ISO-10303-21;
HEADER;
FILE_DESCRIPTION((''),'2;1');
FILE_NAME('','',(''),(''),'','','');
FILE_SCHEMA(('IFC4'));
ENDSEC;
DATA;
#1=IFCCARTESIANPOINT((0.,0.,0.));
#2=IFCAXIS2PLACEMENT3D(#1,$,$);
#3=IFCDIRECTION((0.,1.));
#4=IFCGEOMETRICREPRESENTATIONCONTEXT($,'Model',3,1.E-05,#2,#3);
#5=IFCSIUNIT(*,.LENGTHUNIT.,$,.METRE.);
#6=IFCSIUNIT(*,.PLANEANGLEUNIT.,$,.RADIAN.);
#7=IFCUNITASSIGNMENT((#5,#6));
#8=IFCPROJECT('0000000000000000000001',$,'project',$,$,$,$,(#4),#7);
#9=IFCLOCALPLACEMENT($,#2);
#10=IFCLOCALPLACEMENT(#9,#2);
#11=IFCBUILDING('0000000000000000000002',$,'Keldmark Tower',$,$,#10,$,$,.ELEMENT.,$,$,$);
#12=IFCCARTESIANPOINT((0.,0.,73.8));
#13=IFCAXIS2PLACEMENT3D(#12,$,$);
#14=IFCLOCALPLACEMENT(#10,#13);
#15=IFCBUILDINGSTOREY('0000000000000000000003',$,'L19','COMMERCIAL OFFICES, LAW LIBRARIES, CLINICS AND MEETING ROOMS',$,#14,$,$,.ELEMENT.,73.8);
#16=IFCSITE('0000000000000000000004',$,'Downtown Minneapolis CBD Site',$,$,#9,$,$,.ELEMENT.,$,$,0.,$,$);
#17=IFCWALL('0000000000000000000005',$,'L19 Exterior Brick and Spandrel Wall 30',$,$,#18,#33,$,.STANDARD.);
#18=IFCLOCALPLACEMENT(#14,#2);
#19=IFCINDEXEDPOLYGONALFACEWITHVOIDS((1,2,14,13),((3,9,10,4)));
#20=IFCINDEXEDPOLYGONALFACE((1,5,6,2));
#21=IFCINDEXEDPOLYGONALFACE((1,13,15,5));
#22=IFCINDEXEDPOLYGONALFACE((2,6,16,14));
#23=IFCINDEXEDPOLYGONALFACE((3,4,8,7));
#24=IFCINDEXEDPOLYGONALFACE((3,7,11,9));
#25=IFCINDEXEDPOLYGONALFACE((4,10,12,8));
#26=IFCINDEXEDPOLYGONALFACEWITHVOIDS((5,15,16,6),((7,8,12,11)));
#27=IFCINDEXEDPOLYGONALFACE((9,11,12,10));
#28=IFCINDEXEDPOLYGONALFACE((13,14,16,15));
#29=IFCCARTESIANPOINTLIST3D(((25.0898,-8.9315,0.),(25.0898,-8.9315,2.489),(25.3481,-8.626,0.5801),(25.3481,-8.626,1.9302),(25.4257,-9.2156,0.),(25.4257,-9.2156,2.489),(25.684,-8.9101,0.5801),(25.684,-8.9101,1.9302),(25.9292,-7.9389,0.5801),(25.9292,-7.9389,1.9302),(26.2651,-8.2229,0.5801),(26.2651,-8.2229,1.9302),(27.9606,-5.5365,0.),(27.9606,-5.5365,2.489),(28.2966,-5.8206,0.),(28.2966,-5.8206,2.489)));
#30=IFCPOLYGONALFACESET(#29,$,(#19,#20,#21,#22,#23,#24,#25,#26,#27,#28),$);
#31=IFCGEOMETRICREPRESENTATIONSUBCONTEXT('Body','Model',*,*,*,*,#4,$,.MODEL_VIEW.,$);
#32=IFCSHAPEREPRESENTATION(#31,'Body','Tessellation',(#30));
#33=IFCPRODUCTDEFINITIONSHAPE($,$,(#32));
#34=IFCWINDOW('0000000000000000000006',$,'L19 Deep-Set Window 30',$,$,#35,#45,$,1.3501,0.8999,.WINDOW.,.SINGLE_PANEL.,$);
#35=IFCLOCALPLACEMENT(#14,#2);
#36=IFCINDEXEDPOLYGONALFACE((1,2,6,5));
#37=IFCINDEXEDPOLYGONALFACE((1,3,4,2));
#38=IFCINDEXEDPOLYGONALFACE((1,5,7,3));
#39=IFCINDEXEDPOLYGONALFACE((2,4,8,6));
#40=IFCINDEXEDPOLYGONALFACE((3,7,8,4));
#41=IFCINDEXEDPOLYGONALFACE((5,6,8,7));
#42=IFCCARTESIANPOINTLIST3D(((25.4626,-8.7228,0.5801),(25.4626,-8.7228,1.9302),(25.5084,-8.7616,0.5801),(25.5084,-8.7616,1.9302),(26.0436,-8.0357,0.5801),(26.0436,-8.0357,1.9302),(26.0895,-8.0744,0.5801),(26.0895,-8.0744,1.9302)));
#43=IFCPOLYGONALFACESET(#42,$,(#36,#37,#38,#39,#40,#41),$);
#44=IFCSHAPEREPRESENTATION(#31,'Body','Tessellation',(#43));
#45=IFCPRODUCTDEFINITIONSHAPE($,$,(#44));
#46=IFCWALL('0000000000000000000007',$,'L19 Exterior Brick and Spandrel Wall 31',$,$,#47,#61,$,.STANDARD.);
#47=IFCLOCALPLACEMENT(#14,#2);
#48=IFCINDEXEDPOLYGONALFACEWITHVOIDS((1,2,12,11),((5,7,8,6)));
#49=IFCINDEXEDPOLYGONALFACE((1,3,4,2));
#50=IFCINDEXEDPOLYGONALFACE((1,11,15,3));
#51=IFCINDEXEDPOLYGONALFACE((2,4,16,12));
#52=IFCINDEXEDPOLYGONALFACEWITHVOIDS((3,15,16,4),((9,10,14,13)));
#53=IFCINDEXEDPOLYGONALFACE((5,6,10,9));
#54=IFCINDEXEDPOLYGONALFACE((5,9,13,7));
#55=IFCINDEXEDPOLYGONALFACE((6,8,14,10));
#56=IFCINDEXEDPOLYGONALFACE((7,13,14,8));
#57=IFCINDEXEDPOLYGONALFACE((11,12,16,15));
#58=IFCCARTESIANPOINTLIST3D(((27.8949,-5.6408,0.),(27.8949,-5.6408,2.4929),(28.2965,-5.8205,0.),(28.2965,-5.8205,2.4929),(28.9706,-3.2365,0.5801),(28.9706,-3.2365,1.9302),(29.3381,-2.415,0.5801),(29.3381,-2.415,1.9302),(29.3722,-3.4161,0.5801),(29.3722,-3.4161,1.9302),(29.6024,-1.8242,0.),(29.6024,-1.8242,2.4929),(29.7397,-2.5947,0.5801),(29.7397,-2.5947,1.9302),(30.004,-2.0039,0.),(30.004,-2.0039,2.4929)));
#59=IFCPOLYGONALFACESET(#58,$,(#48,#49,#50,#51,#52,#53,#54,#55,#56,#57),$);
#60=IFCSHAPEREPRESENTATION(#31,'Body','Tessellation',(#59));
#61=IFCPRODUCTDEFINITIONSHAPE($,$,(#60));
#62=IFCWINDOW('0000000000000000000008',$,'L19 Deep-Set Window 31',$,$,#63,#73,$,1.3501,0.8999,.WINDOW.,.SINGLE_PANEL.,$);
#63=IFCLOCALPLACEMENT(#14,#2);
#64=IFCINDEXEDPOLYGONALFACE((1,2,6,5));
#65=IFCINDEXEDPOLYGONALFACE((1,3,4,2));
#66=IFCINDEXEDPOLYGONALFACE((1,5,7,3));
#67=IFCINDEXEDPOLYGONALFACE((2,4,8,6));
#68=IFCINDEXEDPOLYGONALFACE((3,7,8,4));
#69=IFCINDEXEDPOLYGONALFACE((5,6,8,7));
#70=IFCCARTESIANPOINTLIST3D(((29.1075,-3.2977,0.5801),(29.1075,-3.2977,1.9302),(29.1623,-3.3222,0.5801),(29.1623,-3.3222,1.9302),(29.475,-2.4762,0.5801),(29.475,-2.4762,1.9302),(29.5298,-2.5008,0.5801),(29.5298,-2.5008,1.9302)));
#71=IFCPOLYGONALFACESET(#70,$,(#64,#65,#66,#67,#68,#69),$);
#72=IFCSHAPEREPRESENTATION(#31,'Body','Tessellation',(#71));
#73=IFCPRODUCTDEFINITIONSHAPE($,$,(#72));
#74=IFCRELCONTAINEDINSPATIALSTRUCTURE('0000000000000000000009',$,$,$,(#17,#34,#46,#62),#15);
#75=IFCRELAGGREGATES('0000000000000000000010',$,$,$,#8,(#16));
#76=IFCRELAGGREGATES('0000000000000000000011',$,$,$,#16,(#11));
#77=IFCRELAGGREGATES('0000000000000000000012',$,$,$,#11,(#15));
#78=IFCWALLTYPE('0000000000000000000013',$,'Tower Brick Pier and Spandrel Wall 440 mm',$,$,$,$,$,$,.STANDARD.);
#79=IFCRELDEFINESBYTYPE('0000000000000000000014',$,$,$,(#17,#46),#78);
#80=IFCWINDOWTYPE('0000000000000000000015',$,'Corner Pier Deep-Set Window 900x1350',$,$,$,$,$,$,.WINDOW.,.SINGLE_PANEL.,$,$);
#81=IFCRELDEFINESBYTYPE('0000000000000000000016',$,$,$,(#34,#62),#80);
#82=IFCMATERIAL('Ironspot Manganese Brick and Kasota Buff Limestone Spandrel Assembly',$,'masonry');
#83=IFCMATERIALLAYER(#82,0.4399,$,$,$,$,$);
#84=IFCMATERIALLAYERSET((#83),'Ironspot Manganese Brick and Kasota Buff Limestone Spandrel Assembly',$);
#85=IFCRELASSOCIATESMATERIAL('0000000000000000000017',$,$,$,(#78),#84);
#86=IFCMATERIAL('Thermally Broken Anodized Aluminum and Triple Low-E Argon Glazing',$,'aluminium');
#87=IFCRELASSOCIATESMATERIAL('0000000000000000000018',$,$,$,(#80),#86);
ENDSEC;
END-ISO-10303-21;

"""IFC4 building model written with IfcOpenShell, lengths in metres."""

from ifc_helpers import new_model, si_unit, direction, frame, frame_2d, origin, place, context, subcontext, project, spatial, rectangle, extrude, material, layer, layer_set, type_object, element, fill, save


model = new_model("IFC4")

# Units and contexts
model_context = context("Model", 3, precision=1e-05, world=origin(), true_north=direction((0.0, 1.0)))
body_context = subcontext(model_context, "Body", "Model", "MODEL_VIEW")
ifc_project = project(units=[si_unit("LENGTHUNIT", "METRE"), si_unit("PLANEANGLEUNIT", "RADIAN")], contexts=[model_context])

# Site, building, storey
site_placement = place(None, origin())
site = spatial("IfcSite", under=ifc_project, at=site_placement, Name="Downtown Minneapolis CBD Site", CompositionType="ELEMENT", RefElevation=0.0)
building_placement = place(site_placement, origin())
building = spatial("IfcBuilding", under=site, at=building_placement, Name="Keldmark Tower", CompositionType="ELEMENT")
storey_placement = place(building_placement, frame((0.0, 0.0, 73.8)))
storey = spatial("IfcBuildingStorey", under=building, at=storey_placement, Name="L19", Description="COMMERCIAL OFFICES, LAW LIBRARIES, CLINICS AND MEETING ROOMS", CompositionType="ELEMENT", Elevation=73.8)

# Walls, openings, windows
ifc_material_1 = material(Name="Ironspot Manganese Brick and Kasota Buff Limestone Spandrel Assembly", Category="masonry")
ifc_layer_1 = layer(ifc_material_1, 0.4399)
ifc_layer_set_1 = layer_set([ifc_layer_1], Name="Ironspot Manganese Brick and Kasota Buff Limestone Spandrel Assembly")
wall_type_1 = type_object("IfcWallType", Name="Tower Brick Pier and Spandrel Wall 440 mm", PredefinedType="STANDARD", material=ifc_layer_set_1)
wall_1_placement = place(storey_placement, frame((28.1287, -5.6785, 0.0), z_axis=(0.0, 0.0, 1.0), x_axis=(-0.645699, -0.763592, 0.0)))
wall_1 = element("IfcWall", 1, at=wall_1_placement, inside=storey, type_object=wall_type_1, Name="L19 Exterior Brick and Spandrel Wall 30", PredefinedType="STANDARD", context=body_context, shape_type="SweptSolid", body=[
    extrude(rectangle(XDim=4.446, YDim=0.4399, at=frame_2d((2.2231, 0.0))), origin(), (0.0, 0.0, 1.0), 2.489),
])
opening_1_placement = place(wall_1_placement, frame((3.1462, 0.0, 0.5801)))
opening_1 = element("IfcOpeningElement", 2, at=opening_1_placement, cuts=wall_1, PredefinedType="OPENING", context=body_context, shape_type="SweptSolid", body=[
    extrude(rectangle(XDim=0.8999, YDim=1.3501, at=frame_2d((0.45, 0.675))), frame((0.0, 0.23, 0.0), z_axis=(0.0, -1.0, 0.0), x_axis=(1.0, 0.0, 0.0)), (0.0, 0.0, 1.0), 0.46),
])
ifc_material_2 = material(Name="Thermally Broken Anodized Aluminum and Triple Low-E Argon Glazing", Category="aluminium")
window_type = type_object("IfcWindowType", Name="Corner Pier Deep-Set Window 900x1350", PartitioningType="SINGLE_PANEL", PredefinedType="WINDOW", material=ifc_material_2)
window_1_placement = place(opening_1_placement, origin())
window_1 = element("IfcWindow", 3, at=window_1_placement, inside=storey, type_object=window_type, Name="L19 Deep-Set Window 30", OverallHeight=1.3501, OverallWidth=0.8999, PartitioningType="SINGLE_PANEL", PredefinedType="WINDOW", context=body_context, shape_type="SweptSolid", body=[
    extrude(rectangle(XDim=0.8999, YDim=1.3501, at=frame_2d((0.45, 0.675))), frame((0.0, -0.01, 0.0), z_axis=(0.0, -1.0, 0.0), x_axis=(1.0, 0.0, 0.0)), (0.0, 0.0, 1.0), 0.0601),
])
fill(opening_1, window_1)
wall_2_placement = place(storey_placement, frame((29.8032, -1.9141, 0.0), z_axis=(0.0, 0.0, 1.0), x_axis=(-0.40838, -0.912812, 0.0)))
wall_2 = element("IfcWall", 4, at=wall_2_placement, inside=storey, type_object=wall_type_1, Name="L19 Exterior Brick and Spandrel Wall 31", PredefinedType="STANDARD", context=body_context, shape_type="SweptSolid", body=[
    extrude(rectangle(XDim=4.1812, YDim=0.4399, at=frame_2d((2.0906, 0.0))), origin(), (0.0, 0.0, 1.0), 2.4929),
])
opening_2_placement = place(wall_2_placement, frame((0.6472, 0.0, 0.5801)))
opening_2 = element("IfcOpeningElement", 5, at=opening_2_placement, cuts=wall_2, PredefinedType="OPENING", context=body_context, shape_type="SweptSolid", body=[
    extrude(rectangle(XDim=0.8999, YDim=1.3501, at=frame_2d((0.45, 0.675))), frame((0.0, 0.23, 0.0), z_axis=(0.0, -1.0, 0.0), x_axis=(1.0, 0.0, 0.0)), (0.0, 0.0, 1.0), 0.46),
])
window_2_placement = place(opening_2_placement, origin())
window_2 = element("IfcWindow", 6, at=window_2_placement, inside=storey, type_object=window_type, Name="L19 Deep-Set Window 31", OverallHeight=1.3501, OverallWidth=0.8999, PartitioningType="SINGLE_PANEL", PredefinedType="WINDOW", context=body_context, shape_type="SweptSolid", body=[
    extrude(rectangle(XDim=0.8999, YDim=1.3501, at=frame_2d((0.45, 0.675))), frame((0.0, -0.01, 0.0), z_axis=(0.0, -1.0, 0.0), x_axis=(1.0, 0.0, 0.0)), (0.0, 0.0, 1.0), 0.0601),
])
fill(opening_2, window_2)

save(model, "model.ifc")
